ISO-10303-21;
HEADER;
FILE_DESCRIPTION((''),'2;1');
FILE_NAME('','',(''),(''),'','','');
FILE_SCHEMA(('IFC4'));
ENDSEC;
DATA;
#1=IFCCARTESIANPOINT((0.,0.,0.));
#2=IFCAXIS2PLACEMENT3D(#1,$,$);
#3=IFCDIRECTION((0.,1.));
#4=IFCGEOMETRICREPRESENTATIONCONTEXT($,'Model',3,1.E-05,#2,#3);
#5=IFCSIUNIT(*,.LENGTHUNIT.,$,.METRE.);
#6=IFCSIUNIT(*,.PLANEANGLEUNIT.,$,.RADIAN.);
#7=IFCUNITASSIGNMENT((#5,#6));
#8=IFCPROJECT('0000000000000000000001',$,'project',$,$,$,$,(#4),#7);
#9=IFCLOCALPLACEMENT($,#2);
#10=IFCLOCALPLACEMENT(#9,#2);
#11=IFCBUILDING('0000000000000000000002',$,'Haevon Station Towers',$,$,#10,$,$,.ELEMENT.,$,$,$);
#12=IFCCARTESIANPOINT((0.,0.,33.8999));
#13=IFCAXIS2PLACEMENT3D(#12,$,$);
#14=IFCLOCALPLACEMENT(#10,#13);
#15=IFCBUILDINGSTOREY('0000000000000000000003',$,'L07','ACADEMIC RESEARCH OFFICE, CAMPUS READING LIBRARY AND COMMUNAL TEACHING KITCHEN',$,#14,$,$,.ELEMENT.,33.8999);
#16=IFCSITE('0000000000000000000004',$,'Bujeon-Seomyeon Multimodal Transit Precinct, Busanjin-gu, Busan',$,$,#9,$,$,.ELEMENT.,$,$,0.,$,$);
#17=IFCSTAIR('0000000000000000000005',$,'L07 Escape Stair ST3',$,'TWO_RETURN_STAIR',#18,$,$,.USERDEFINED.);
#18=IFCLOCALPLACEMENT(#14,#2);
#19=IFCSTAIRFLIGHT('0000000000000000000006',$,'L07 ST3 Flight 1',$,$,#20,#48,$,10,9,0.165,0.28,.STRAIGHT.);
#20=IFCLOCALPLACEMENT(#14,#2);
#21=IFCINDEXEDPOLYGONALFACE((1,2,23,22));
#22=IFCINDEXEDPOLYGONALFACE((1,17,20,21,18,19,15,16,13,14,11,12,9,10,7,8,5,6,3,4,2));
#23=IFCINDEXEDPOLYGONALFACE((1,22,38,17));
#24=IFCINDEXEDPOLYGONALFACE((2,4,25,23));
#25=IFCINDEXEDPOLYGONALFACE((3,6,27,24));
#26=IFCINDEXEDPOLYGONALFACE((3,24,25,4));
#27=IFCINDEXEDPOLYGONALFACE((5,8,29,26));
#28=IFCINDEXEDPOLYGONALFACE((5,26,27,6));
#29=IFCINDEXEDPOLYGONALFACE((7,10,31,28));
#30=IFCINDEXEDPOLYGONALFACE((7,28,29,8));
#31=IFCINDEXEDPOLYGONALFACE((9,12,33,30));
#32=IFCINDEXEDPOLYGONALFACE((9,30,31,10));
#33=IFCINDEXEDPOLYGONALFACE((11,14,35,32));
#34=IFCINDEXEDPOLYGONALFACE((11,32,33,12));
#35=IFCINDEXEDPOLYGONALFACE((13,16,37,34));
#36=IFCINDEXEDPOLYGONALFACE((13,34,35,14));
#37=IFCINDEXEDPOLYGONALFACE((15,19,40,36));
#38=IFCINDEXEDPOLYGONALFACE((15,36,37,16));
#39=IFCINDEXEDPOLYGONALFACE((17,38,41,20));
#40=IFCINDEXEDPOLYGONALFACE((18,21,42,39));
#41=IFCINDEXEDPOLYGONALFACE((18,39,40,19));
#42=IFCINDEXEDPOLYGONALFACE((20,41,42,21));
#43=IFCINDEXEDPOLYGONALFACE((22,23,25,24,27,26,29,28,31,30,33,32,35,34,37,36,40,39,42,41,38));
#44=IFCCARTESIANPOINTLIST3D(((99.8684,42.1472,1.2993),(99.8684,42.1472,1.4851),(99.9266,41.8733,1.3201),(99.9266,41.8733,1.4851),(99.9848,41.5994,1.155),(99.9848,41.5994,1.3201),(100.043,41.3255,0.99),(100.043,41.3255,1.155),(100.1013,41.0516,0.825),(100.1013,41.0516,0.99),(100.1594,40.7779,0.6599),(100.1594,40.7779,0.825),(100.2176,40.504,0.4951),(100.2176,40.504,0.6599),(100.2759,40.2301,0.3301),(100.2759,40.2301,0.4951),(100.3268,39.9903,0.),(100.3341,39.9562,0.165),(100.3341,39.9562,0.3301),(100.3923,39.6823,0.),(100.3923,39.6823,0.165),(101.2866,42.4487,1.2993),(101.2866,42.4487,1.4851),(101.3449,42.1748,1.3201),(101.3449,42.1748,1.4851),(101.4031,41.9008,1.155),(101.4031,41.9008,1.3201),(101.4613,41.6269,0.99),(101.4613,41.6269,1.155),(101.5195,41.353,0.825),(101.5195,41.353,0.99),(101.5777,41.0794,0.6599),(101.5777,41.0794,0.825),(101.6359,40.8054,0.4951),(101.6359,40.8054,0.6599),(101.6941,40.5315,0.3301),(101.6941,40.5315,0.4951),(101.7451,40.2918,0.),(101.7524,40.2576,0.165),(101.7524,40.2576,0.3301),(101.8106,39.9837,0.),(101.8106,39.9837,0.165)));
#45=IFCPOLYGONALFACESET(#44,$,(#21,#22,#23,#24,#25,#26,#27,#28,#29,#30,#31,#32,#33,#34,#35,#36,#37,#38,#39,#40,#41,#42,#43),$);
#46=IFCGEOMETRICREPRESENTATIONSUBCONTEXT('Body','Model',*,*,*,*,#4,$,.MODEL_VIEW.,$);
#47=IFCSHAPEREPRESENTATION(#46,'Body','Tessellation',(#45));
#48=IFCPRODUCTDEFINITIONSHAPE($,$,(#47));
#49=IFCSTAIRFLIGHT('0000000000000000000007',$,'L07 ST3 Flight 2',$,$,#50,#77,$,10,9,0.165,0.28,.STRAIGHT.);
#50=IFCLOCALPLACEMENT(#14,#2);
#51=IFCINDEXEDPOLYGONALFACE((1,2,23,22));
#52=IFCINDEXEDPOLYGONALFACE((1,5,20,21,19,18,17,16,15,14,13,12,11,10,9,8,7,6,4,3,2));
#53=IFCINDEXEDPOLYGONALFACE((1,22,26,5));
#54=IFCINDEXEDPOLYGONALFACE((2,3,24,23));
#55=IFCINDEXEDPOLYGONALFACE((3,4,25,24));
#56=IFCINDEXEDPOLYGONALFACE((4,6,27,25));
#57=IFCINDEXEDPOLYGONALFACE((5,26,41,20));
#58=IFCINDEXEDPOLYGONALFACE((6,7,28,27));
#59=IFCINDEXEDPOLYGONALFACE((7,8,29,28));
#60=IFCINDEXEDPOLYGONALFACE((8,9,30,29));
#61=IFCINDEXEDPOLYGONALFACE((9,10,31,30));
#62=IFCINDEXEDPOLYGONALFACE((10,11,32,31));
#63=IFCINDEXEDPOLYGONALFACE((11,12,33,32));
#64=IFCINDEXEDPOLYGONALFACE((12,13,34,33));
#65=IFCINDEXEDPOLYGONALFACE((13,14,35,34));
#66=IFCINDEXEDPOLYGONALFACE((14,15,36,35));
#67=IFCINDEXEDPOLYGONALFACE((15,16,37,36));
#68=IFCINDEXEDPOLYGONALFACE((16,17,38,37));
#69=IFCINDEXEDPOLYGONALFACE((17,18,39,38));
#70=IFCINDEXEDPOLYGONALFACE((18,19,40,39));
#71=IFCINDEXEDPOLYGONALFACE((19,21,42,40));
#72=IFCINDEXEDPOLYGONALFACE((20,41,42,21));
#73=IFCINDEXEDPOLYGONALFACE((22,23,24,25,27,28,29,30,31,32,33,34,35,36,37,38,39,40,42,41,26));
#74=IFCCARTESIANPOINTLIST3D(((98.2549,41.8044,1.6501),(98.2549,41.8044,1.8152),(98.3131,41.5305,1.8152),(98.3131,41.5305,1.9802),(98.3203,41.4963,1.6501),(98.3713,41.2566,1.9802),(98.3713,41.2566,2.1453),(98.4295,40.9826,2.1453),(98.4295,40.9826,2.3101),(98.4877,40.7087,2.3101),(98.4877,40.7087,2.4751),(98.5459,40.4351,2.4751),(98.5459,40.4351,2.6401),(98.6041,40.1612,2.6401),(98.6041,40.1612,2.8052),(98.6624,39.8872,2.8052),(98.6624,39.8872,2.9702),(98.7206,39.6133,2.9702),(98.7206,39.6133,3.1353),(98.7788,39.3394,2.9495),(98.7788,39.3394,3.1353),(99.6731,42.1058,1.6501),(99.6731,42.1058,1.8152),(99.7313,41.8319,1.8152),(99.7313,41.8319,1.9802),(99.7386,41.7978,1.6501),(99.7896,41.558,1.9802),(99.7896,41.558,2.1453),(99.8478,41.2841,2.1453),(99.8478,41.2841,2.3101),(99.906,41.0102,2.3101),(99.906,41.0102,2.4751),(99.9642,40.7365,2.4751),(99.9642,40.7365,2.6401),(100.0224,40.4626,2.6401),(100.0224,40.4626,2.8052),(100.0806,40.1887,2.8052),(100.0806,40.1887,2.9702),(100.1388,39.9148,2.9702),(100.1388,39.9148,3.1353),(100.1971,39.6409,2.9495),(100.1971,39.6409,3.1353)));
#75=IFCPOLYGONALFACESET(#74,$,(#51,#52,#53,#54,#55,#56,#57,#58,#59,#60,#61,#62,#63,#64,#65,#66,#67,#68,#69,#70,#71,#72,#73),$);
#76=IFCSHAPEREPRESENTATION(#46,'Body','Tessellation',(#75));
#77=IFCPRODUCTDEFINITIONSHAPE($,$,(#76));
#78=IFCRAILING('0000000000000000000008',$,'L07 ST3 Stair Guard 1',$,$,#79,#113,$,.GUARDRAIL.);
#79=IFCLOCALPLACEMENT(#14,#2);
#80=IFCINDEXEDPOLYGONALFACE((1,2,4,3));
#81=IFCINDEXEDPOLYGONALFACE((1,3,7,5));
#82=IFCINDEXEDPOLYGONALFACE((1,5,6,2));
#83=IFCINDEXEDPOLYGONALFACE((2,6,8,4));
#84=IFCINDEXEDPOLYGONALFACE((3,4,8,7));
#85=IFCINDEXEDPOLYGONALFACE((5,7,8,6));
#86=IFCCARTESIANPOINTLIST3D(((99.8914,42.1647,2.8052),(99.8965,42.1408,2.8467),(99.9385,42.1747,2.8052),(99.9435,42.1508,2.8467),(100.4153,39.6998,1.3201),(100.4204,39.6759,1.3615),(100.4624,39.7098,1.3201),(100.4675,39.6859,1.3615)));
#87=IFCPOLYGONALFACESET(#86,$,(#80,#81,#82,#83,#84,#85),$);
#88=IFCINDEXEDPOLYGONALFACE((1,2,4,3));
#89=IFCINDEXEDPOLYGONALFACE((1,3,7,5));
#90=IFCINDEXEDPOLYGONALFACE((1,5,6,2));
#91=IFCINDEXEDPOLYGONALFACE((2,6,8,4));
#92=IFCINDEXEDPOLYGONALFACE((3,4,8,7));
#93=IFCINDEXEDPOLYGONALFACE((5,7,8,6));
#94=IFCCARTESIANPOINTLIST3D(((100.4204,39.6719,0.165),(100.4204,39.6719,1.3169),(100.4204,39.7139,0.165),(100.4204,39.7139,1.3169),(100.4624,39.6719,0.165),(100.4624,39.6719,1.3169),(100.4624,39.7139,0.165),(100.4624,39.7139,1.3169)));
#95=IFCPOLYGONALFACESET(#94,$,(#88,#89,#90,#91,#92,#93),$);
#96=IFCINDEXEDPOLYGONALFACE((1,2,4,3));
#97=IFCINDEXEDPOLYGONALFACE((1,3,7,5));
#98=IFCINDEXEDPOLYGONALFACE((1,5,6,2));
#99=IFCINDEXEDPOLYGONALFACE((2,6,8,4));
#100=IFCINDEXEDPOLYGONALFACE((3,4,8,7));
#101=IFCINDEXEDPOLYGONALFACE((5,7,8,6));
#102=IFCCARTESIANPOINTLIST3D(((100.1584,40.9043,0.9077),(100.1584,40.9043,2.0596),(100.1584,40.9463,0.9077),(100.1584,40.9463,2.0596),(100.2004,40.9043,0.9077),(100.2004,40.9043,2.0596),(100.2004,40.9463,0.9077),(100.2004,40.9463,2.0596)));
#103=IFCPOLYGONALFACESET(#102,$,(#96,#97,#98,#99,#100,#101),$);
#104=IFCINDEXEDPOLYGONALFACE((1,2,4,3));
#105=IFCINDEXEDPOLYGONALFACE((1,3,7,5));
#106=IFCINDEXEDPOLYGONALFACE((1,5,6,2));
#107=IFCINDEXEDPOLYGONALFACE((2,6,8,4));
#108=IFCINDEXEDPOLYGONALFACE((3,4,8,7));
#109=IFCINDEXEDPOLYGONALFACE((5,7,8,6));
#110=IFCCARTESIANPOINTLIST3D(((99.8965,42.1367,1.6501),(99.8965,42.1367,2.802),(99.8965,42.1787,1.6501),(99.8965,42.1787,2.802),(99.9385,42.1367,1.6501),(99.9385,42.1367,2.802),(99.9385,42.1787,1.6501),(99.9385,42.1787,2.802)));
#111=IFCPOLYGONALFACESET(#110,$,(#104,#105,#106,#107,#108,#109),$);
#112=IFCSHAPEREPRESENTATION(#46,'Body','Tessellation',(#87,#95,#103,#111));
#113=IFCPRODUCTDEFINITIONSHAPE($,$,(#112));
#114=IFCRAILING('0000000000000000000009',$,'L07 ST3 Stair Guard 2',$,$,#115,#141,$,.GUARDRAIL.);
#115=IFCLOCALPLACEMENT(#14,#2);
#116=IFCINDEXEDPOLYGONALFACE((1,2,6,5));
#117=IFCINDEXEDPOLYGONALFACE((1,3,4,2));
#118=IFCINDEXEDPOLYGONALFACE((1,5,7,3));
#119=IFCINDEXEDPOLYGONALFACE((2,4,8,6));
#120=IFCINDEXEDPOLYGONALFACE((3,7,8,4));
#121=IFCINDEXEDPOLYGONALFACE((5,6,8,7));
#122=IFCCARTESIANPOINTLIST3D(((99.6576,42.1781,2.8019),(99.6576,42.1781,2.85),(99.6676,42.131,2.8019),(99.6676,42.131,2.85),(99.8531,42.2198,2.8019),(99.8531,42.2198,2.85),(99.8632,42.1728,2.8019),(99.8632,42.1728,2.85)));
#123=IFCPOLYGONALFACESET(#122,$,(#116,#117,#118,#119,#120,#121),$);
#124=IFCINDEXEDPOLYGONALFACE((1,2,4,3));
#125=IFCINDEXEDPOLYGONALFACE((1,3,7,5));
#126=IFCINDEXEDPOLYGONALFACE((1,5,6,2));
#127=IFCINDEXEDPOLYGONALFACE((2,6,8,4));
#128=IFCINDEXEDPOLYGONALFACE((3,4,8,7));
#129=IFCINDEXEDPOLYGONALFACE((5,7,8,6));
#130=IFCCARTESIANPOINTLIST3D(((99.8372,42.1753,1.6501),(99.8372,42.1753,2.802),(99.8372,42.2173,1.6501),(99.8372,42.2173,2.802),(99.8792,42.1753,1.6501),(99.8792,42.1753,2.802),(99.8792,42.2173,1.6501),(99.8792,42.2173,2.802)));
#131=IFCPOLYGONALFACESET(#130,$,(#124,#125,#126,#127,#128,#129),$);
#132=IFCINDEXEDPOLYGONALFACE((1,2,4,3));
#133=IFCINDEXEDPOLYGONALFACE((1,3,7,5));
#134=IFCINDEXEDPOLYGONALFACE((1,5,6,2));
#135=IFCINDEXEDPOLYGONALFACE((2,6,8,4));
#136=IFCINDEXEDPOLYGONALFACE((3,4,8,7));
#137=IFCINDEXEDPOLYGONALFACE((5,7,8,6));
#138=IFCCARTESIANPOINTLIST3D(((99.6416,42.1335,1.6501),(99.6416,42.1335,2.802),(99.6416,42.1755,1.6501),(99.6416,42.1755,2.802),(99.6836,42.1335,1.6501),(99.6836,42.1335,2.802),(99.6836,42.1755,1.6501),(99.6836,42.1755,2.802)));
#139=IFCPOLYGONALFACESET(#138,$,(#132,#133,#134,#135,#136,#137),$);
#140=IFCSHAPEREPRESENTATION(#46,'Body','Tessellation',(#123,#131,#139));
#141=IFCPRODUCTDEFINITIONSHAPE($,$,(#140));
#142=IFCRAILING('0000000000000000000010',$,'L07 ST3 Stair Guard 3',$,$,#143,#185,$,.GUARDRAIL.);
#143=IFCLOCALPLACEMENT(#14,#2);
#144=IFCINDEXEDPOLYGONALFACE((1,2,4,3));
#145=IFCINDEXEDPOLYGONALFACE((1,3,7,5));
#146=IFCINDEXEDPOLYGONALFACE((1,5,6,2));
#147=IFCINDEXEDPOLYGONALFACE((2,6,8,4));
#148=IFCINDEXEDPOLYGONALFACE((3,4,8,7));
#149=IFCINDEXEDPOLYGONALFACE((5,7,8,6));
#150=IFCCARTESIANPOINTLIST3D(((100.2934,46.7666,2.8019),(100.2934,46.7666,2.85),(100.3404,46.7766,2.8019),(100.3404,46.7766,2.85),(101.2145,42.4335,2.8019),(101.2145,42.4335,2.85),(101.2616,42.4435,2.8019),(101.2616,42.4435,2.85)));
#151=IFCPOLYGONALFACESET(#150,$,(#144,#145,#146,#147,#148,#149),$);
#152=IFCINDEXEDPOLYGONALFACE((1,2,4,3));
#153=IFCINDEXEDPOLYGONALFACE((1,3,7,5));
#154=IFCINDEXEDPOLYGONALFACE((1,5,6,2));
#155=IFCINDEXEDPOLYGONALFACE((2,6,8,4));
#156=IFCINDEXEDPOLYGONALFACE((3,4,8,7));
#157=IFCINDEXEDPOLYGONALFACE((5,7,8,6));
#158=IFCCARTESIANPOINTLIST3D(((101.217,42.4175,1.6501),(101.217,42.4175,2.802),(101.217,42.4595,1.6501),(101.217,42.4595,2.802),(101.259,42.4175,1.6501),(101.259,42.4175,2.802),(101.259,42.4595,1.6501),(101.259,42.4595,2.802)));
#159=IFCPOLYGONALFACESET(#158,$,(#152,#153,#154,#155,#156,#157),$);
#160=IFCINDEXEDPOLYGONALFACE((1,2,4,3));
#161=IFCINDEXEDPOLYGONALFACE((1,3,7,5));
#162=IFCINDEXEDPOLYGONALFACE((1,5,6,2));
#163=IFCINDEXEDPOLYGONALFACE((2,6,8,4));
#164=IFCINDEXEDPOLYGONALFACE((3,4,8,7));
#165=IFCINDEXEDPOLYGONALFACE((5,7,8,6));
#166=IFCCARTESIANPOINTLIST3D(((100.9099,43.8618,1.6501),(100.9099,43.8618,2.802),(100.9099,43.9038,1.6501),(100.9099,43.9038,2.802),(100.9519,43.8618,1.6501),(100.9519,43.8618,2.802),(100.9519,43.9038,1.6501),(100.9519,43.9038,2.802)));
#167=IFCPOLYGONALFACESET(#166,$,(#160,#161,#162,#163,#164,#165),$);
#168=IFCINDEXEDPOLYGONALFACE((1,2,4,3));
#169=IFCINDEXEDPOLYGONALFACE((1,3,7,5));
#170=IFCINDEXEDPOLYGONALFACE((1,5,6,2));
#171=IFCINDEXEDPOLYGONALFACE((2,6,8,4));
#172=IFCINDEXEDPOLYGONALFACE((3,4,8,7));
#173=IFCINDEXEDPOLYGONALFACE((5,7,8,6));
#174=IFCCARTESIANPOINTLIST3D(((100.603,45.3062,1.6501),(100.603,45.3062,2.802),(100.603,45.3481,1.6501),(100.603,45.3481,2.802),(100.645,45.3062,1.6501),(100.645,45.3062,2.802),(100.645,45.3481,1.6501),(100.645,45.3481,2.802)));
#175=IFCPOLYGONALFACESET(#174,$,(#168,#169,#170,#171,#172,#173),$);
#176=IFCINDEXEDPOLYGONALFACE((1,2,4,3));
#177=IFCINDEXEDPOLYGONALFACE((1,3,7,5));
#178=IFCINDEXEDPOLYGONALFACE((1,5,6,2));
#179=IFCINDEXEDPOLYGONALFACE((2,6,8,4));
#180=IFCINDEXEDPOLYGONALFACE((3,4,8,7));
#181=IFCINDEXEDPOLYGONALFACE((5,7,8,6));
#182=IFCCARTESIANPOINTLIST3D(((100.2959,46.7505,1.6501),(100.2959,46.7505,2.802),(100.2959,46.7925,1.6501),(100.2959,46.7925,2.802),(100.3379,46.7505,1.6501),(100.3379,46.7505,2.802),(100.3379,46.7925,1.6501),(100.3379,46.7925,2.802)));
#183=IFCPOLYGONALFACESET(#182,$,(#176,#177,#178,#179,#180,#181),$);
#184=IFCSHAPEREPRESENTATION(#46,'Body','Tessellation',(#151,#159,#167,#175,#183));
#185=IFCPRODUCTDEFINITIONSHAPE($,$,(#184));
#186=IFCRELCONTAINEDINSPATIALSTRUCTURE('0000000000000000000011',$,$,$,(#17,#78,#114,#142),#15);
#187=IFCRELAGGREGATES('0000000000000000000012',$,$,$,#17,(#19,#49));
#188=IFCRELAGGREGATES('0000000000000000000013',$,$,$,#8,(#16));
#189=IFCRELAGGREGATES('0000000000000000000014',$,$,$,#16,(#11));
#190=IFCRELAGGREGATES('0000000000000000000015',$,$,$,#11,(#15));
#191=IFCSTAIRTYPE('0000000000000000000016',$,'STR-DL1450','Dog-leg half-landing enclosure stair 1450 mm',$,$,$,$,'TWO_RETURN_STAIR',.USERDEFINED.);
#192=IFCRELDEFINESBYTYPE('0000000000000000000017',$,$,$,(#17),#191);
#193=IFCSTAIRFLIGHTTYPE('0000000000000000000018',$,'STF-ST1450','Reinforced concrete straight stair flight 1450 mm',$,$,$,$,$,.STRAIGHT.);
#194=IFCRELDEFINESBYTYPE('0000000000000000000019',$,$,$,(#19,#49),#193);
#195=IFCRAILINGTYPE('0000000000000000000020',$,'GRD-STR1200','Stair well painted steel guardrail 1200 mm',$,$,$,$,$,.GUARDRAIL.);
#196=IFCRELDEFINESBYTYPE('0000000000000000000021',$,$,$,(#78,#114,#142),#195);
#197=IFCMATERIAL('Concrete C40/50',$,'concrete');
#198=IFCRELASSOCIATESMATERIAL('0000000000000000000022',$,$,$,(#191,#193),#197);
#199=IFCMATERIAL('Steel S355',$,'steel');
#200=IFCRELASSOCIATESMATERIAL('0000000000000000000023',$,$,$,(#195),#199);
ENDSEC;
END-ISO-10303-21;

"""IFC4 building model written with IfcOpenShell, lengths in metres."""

from ifc_helpers import new_model, si_unit, direction, frame, origin, origin_2d, place, context, subcontext, project, spatial, polyline, rectangle, outline, extrude, material, type_object, element, aggregate, save


model = new_model("IFC4")

# Units and contexts
model_context = context("Model", 3, precision=1e-05, world=origin(), true_north=direction((0.0, 1.0)))
body_context = subcontext(model_context, "Body", "Model", "MODEL_VIEW")
ifc_project = project(units=[si_unit("LENGTHUNIT", "METRE"), si_unit("PLANEANGLEUNIT", "RADIAN")], contexts=[model_context])

# Site, building, storey
site_placement = place(None, origin())
site = spatial("IfcSite", under=ifc_project, at=site_placement, Name="Bujeon-Seomyeon Multimodal Transit Precinct, Busanjin-gu, Busan", CompositionType="ELEMENT", RefElevation=0.0)
building_placement = place(site_placement, origin())
building = spatial("IfcBuilding", under=site, at=building_placement, Name="Haevon Station Towers", CompositionType="ELEMENT")
storey_placement = place(building_placement, frame((0.0, 0.0, 33.8999)))
storey = spatial("IfcBuildingStorey", under=building, at=storey_placement, Name="L07", Description="ACADEMIC RESEARCH OFFICE, CAMPUS READING LIBRARY AND COMMUNAL TEACHING KITCHEN", CompositionType="ELEMENT", Elevation=33.8999)

# Shared definitions
ifc_material_1 = material(Name="Steel S355", Category="steel")

# Shared definitions
ifc_material_2 = material(Name="Concrete C40/50", Category="concrete")

# Stair, stair flights
stair_type = type_object("IfcStairType", Name="STR-DL1450", Description="Dog-leg half-landing enclosure stair 1450 mm", ElementType="TWO_RETURN_STAIR", PredefinedType="USERDEFINED", material=ifc_material_2)
stair_placement = place(storey_placement, origin())
stair = element("IfcStair", 1, at=stair_placement, inside=storey, type_object=stair_type, Name="L07 Escape Stair ST3", ObjectType="TWO_RETURN_STAIR", PredefinedType="USERDEFINED")
stair_flight_type = type_object("IfcStairFlightType", Name="STF-ST1450", Description="Reinforced concrete straight stair flight 1450 mm", PredefinedType="STRAIGHT", material=ifc_material_2)
stair_flight_1_placement = place(storey_placement, frame((101.1016, 39.833, 0.0), z_axis=(0.0, 0.0, 1.0), x_axis=(-0.207912, 0.978148, 0.0)))
stair_flight_1 = element("IfcStairFlight", 2, at=stair_flight_1_placement, type_object=stair_flight_type, Name="L07 ST3 Flight 1", NumberOfRisers=10, NumberOfTreads=9, PredefinedType="STRAIGHT", RiserHeight=0.165, TreadLength=0.28, context=body_context, shape_type="SweptSolid", body=[
    extrude(outline(polyline([(0.0, 0.0), (0.0, 0.165), (0.28, 0.165), (0.28, 0.3301), (0.5601, 0.3301), (0.5601, 0.4951), (0.8401, 0.4951), (0.8401, 0.6599), (1.1201, 0.6599), (1.1201, 0.825), (1.3999, 0.825), (1.3999, 0.99), (1.6799, 0.99), (1.6799, 1.155), (1.96, 1.155), (1.96, 1.3201), (2.24, 1.3201), (2.24, 1.4851), (2.52, 1.4851), (2.52, 1.6499), (2.52, 1.2993), (0.3149, 0.0), (0.0, 0.0)])), frame((0.0, 0.7251, 0.0), z_axis=(0.0, -1.0, 0.0), x_axis=(1.0, 0.0, 0.0)), (0.0, 0.0, 1.0), 1.45),
])
stair_flight_2_placement = place(storey_placement, frame((98.9639, 41.9551, 1.6501), z_axis=(0.0, 0.0, 1.0), x_axis=(0.207912, -0.978148, 0.0)))
stair_flight_2 = element("IfcStairFlight", 3, at=stair_flight_2_placement, type_object=stair_flight_type, Name="L07 ST3 Flight 2", NumberOfRisers=10, NumberOfTreads=9, PredefinedType="STRAIGHT", RiserHeight=0.165, TreadLength=0.28, context=body_context, shape_type="SweptSolid", body=[
    extrude(outline(polyline([(0.0, 0.0), (0.0, 0.165), (0.28, 0.165), (0.28, 0.3301), (0.5601, 0.3301), (0.5601, 0.4951), (0.8401, 0.4951), (0.8401, 0.6599), (1.1201, 0.6599), (1.1201, 0.825), (1.3999, 0.825), (1.3999, 0.99), (1.6799, 0.99), (1.6799, 1.155), (1.96, 1.155), (1.96, 1.3201), (2.24, 1.3201), (2.24, 1.4851), (2.52, 1.4851), (2.52, 1.6499), (2.52, 1.2993), (0.3149, 0.0), (0.0, 0.0)])), frame((0.0, 0.7251, 0.0), z_axis=(0.0, -1.0, 0.0), x_axis=(1.0, 0.0, 0.0)), (0.0, 0.0, 1.0), 1.45),
])
aggregate(stair, [stair_flight_1, stair_flight_2])

# Railings
railing_type_1 = type_object("IfcRailingType", Name="GRD-STR1200", Description="Stair well painted steel guardrail 1200 mm", PredefinedType="GUARDRAIL", material=ifc_material_1)
railing_1_placement = place(storey_placement, frame((100.4414, 39.6929, 0.165)))
element("IfcRailing", 4, at=railing_1_placement, inside=storey, type_object=railing_type_1, Name="L07 ST3 Stair Guard 1", PredefinedType="GUARDRAIL", context=body_context, shape_type="SweptSolid", body=[
    extrude(rectangle(XDim=0.0481, YDim=0.0481, at=origin_2d()), frame((0.0, 0.0, 1.1758), z_axis=(-0.179121, 0.842688, 0.507733), x_axis=(-0.978147, -0.207914, 0.0)), (0.0, 0.0, 1.0), 2.925),
    extrude(rectangle(XDim=0.042, YDim=0.042, at=origin_2d()), origin(), (0.0, 0.0, 1.0), 1.1519),
    extrude(rectangle(XDim=0.042, YDim=0.042, at=origin_2d()), frame((-0.262, 1.2324, 0.7427)), (0.0, 0.0, 1.0), 1.1519),
    extrude(rectangle(XDim=0.042, YDim=0.042, at=origin_2d()), frame((-0.5239, 2.4648, 1.4851)), (0.0, 0.0, 1.0), 1.1519),
])
railing_2_placement = place(storey_placement, frame((99.8582, 42.1963, 1.6501)))
element("IfcRailing", 5, at=railing_2_placement, inside=storey, type_object=railing_type_1, Name="L07 ST3 Stair Guard 2", PredefinedType="GUARDRAIL", context=body_context, shape_type="SweptSolid", body=[
    extrude(rectangle(XDim=0.0481, YDim=0.0481, at=origin_2d()), frame((0.0, 0.0, 1.1758), z_axis=(-0.977963, -0.208779, 0.0), x_axis=(0.208779, -0.977963, 0.0)), (0.0, 0.0, 1.0), 0.2),
    extrude(rectangle(XDim=0.042, YDim=0.042, at=origin_2d()), origin(), (0.0, 0.0, 1.0), 1.1519),
    extrude(rectangle(XDim=0.042, YDim=0.042, at=origin_2d()), frame((-0.1956, -0.0417, 0.0)), (0.0, 0.0, 1.0), 1.1519),
])
railing_3_placement = place(storey_placement, frame((101.238, 42.4385, 1.6501)))
element("IfcRailing", 6, at=railing_3_placement, inside=storey, type_object=railing_type_1, Name="L07 ST3 Stair Guard 3", PredefinedType="GUARDRAIL", context=body_context, shape_type="SweptSolid", body=[
    extrude(rectangle(XDim=0.0481, YDim=0.0481, at=origin_2d()), frame((0.0, 0.0, 1.1758), z_axis=(-0.20794, 0.978141, 0.0), x_axis=(-0.978141, -0.20794, 0.0)), (0.0, 0.0, 1.0), 4.4299),
    extrude(rectangle(XDim=0.042, YDim=0.042, at=origin_2d()), origin(), (0.0, 0.0, 1.0), 1.1519),
    extrude(rectangle(XDim=0.042, YDim=0.042, at=origin_2d()), frame((-0.3071, 1.4443, 0.0)), (0.0, 0.0, 1.0), 1.1519),
    extrude(rectangle(XDim=0.042, YDim=0.042, at=origin_2d()), frame((-0.614, 2.8887, 0.0)), (0.0, 0.0, 1.0), 1.1519),
    extrude(rectangle(XDim=0.042, YDim=0.042, at=origin_2d()), frame((-0.9211, 4.333, 0.0)), (0.0, 0.0, 1.0), 1.1519),
])

save(model, "model.ifc")
